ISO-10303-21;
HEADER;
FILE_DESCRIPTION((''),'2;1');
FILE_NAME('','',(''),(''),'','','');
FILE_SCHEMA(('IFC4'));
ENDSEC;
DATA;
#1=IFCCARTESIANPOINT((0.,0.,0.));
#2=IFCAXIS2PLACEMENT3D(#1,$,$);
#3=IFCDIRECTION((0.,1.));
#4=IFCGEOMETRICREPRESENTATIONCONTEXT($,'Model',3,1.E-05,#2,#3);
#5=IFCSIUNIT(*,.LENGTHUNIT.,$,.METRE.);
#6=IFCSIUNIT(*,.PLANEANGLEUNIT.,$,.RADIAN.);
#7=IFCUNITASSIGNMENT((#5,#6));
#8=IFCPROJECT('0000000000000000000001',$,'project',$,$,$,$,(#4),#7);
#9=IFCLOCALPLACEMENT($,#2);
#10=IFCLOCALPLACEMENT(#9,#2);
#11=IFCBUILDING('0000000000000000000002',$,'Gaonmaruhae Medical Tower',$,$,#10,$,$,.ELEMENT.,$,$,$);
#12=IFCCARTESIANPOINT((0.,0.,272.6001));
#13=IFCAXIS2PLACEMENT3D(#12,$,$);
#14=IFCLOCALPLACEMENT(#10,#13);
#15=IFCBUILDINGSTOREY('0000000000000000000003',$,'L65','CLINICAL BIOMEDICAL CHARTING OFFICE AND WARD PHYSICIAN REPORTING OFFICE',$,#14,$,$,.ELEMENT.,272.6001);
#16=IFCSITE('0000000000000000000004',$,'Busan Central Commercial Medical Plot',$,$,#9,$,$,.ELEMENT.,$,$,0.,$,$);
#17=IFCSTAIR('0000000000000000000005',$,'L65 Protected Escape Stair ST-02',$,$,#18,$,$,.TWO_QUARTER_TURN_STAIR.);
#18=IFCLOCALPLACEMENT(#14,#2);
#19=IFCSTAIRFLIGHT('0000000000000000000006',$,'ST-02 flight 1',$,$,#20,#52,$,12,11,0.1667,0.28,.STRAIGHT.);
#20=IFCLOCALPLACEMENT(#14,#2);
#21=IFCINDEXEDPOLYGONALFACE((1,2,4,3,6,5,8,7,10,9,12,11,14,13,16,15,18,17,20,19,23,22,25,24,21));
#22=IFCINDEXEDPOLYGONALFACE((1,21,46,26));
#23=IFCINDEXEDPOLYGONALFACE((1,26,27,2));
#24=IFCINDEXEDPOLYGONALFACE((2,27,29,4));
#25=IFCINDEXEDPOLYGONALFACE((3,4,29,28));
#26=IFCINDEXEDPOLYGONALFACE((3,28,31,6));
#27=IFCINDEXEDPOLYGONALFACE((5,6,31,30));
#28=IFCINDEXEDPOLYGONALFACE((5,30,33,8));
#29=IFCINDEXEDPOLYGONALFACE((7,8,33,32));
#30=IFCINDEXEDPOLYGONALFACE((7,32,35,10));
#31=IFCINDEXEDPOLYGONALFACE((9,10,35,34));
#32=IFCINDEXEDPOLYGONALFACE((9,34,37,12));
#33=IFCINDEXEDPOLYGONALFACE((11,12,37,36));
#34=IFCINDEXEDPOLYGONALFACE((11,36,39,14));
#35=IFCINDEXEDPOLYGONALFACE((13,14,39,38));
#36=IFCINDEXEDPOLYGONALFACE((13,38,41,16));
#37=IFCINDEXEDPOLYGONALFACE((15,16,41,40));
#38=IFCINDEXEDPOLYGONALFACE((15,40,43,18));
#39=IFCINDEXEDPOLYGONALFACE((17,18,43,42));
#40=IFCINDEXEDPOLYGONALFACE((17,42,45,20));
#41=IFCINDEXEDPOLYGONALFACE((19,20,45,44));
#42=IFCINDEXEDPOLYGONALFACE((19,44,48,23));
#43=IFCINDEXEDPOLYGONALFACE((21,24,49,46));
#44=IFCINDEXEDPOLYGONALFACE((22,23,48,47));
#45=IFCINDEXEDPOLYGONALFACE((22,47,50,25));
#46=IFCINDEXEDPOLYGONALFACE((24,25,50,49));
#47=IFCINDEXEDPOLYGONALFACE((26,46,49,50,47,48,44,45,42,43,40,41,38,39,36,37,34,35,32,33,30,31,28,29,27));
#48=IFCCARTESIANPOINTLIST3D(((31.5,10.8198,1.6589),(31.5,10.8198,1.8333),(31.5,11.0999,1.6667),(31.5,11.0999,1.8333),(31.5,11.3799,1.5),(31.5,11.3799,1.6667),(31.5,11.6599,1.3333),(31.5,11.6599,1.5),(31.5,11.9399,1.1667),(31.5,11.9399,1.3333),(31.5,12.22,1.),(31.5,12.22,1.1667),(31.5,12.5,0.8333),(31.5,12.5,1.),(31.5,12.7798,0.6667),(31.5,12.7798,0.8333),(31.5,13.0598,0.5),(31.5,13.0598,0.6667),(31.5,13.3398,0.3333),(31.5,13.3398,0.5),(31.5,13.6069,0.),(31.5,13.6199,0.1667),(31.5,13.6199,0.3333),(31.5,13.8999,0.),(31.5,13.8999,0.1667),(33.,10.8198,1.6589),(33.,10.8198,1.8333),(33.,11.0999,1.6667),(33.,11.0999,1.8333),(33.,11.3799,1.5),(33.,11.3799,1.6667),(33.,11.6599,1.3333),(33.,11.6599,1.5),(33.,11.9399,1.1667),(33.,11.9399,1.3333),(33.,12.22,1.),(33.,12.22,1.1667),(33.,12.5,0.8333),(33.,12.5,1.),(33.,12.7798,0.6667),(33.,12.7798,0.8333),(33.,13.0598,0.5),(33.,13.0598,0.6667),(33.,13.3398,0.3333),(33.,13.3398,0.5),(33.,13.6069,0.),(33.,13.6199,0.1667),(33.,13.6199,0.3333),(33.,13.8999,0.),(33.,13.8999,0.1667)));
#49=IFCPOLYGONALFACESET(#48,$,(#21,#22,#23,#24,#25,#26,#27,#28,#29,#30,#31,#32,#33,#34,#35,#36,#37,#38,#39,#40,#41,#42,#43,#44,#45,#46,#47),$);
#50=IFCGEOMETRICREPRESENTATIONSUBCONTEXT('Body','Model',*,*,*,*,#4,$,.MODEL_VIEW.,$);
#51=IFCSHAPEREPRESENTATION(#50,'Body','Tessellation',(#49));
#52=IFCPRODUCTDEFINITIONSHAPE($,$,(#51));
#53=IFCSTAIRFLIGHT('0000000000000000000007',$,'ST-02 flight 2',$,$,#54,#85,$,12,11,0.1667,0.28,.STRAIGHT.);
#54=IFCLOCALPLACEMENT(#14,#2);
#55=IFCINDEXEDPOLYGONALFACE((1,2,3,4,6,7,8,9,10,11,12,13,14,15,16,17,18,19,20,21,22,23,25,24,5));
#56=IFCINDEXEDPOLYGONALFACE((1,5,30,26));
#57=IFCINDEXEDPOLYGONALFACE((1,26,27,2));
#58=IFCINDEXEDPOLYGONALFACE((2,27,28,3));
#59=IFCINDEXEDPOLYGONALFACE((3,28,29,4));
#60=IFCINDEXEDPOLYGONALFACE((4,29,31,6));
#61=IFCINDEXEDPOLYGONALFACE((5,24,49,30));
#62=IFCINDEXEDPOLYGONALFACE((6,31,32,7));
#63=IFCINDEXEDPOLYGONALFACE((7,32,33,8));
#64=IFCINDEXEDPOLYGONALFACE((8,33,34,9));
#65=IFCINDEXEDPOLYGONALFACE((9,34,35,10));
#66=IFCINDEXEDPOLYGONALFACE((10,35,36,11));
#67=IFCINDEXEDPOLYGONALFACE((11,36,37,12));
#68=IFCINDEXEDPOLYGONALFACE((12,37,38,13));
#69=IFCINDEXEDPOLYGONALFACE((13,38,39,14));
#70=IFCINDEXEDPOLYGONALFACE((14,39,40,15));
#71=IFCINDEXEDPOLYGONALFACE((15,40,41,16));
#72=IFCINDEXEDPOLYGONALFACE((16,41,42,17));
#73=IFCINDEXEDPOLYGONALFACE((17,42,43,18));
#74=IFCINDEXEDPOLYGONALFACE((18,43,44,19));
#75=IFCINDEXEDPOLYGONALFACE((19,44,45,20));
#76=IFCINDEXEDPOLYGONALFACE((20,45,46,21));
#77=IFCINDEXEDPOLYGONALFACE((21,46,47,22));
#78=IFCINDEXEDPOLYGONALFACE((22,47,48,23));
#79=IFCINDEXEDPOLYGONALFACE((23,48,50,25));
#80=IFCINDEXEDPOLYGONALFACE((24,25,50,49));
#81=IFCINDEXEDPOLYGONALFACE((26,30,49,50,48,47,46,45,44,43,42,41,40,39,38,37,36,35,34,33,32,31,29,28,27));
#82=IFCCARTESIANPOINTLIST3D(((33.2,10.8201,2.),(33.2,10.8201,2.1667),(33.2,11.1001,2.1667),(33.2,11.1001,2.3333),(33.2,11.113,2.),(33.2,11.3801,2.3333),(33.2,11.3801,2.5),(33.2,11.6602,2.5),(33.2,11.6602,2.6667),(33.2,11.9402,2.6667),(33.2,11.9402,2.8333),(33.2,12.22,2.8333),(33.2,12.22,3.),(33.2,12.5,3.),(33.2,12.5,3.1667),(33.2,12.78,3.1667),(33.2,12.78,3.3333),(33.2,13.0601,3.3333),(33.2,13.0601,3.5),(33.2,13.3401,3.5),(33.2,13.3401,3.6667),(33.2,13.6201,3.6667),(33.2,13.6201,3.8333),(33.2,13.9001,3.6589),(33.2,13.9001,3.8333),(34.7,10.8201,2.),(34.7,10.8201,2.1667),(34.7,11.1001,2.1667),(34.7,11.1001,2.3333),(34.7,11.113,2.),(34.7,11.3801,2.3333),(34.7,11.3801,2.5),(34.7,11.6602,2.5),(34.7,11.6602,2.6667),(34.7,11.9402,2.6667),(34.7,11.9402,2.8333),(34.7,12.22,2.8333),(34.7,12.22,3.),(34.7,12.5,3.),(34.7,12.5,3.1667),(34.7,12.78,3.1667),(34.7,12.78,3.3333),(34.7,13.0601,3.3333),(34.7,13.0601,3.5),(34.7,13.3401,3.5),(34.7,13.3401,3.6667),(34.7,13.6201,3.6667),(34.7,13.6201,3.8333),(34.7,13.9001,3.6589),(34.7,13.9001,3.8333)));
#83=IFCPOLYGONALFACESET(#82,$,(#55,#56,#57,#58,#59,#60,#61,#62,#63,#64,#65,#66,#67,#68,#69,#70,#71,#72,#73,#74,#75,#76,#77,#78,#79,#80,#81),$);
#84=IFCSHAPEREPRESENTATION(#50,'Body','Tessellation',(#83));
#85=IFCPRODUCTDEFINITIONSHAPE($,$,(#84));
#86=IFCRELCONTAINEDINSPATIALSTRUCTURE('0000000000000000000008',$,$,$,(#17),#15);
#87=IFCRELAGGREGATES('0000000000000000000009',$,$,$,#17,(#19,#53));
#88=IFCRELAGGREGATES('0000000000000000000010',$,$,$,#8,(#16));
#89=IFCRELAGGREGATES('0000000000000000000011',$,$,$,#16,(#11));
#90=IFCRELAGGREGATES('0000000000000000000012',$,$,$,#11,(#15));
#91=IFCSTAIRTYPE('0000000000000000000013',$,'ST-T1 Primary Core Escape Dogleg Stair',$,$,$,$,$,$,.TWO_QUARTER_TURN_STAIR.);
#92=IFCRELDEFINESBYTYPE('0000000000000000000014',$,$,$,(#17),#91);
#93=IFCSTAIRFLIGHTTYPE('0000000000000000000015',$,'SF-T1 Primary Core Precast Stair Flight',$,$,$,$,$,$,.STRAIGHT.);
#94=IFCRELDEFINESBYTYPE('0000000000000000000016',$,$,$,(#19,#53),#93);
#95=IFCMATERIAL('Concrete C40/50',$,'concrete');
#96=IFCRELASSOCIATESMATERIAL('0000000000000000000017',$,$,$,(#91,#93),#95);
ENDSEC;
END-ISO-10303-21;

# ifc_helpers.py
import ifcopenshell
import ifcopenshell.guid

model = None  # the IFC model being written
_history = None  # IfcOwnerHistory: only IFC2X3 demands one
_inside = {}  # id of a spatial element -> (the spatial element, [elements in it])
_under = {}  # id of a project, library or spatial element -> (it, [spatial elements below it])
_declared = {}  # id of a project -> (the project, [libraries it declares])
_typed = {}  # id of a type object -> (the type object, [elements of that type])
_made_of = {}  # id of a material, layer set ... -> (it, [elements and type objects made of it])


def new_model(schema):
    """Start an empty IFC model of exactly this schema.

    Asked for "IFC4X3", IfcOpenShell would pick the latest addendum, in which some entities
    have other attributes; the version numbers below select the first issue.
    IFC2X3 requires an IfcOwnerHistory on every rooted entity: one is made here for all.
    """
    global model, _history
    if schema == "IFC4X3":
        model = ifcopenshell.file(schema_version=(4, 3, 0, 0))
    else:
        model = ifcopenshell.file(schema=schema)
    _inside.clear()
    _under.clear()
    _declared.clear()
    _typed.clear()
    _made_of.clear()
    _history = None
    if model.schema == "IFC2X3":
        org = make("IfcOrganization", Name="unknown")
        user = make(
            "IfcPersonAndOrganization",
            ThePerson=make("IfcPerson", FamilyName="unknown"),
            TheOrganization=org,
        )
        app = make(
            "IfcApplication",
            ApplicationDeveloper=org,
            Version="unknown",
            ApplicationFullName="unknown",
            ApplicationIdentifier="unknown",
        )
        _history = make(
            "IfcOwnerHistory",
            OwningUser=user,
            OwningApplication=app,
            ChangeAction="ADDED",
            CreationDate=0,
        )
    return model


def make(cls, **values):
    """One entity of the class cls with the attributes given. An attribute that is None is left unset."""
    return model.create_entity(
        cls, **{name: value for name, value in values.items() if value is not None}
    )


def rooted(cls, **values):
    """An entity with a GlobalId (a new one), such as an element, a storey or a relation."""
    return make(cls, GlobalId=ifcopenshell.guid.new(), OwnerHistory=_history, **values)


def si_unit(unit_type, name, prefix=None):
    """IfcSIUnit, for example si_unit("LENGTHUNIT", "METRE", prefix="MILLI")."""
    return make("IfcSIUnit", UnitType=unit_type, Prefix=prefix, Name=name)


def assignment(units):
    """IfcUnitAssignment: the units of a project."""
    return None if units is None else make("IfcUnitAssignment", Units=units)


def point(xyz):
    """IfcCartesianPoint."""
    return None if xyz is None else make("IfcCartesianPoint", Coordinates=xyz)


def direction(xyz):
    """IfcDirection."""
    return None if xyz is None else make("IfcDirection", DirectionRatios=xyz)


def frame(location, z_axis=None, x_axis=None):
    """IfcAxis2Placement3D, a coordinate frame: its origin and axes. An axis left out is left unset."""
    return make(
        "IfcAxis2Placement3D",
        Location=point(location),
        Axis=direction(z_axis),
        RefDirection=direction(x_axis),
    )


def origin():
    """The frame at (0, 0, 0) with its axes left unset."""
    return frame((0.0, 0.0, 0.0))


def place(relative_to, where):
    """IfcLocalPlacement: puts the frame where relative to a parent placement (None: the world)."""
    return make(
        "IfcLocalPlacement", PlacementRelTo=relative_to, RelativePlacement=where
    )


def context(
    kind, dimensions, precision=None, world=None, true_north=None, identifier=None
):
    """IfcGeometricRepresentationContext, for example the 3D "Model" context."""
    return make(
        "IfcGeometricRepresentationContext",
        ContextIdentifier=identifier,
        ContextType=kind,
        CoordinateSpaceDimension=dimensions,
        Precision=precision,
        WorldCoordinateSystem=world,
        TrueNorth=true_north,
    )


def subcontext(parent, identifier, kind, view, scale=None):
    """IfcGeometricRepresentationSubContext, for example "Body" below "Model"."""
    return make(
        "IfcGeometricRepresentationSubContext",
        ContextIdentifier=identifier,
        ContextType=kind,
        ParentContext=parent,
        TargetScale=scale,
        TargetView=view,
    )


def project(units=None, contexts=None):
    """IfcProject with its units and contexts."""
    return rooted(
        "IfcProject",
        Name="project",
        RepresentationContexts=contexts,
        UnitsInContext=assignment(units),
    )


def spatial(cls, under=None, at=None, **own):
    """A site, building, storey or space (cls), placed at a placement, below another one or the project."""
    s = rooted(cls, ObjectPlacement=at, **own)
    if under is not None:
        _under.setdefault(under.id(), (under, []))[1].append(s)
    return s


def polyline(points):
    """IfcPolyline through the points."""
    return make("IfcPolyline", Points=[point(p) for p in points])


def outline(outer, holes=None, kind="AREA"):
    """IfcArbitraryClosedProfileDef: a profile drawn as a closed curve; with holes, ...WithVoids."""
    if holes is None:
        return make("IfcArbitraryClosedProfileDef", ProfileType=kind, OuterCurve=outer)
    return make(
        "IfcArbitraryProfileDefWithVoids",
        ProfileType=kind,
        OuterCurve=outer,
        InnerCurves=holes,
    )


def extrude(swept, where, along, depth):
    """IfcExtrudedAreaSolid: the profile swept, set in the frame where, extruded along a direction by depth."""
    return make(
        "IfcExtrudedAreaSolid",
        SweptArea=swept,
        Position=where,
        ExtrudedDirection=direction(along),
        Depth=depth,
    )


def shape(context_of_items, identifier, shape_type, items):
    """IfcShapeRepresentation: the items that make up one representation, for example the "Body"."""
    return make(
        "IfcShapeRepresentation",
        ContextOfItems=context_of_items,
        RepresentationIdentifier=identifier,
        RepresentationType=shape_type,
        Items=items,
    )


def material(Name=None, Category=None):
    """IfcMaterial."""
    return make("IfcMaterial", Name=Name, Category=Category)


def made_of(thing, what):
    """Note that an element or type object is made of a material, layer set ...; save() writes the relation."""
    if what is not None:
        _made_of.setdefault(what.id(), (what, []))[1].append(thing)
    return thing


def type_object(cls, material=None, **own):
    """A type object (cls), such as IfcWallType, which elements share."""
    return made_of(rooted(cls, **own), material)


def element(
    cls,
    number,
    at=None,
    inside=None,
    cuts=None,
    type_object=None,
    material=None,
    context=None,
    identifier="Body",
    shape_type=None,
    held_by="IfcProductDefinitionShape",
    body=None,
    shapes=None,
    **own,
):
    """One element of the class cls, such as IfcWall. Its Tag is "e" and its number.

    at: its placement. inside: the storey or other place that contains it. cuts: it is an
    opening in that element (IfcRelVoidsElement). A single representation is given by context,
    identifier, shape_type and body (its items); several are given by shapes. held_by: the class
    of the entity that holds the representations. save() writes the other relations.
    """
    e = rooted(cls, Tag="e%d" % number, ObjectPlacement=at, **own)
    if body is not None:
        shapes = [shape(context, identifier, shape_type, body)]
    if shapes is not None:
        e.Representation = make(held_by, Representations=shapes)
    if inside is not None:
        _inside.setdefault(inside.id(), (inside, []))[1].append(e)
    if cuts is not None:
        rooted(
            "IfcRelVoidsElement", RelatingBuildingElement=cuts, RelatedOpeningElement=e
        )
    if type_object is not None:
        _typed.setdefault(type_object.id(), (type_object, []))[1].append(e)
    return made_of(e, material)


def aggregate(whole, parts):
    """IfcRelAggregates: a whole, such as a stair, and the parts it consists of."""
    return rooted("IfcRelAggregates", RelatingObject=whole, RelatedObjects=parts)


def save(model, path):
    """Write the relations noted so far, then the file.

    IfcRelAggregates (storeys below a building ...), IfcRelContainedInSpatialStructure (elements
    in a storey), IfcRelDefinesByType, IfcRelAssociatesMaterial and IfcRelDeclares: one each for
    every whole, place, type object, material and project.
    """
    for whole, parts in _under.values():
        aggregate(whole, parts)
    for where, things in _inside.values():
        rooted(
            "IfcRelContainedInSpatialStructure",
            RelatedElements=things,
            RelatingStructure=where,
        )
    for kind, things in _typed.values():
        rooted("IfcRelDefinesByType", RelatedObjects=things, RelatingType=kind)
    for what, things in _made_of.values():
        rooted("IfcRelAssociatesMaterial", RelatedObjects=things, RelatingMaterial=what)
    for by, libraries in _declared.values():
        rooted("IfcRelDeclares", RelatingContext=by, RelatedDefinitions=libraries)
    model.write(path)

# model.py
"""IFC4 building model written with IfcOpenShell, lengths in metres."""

from ifc_helpers import new_model, si_unit, direction, frame, origin, place, context, subcontext, project, spatial, polyline, outline, extrude, material, type_object, element, aggregate, save


model = new_model("IFC4")

# Units and contexts
model_context = context("Model", 3, precision=1e-05, world=origin(), true_north=direction((0.0, 1.0)))
body_context = subcontext(model_context, "Body", "Model", "MODEL_VIEW")
ifc_project = project(units=[si_unit("LENGTHUNIT", "METRE"), si_unit("PLANEANGLEUNIT", "RADIAN")], contexts=[model_context])

# Site, building, storey
site_placement = place(None, origin())
site = spatial("IfcSite", under=ifc_project, at=site_placement, Name="Busan Central Commercial Medical Plot", CompositionType="ELEMENT", RefElevation=0.0)
building_placement = place(site_placement, origin())
building = spatial("IfcBuilding", under=site, at=building_placement, Name="Gaonmaruhae Medical Tower", CompositionType="ELEMENT")
storey_placement = place(building_placement, frame((0.0, 0.0, 272.6001)))
storey = spatial("IfcBuildingStorey", under=building, at=storey_placement, Name="L65", Description="CLINICAL BIOMEDICAL CHARTING OFFICE AND WARD PHYSICIAN REPORTING OFFICE", CompositionType="ELEMENT", Elevation=272.6001)

# Stair, stair flights
ifc_material_1 = material(Name="Concrete C40/50", Category="concrete")
stair_type = type_object("IfcStairType", Name="ST-T1 Primary Core Escape Dogleg Stair", PredefinedType="TWO_QUARTER_TURN_STAIR", material=ifc_material_1)
stair_placement = place(storey_placement, origin())
stair = element("IfcStair", 1, at=stair_placement, inside=storey, type_object=stair_type, Name="L65 Protected Escape Stair ST-02", PredefinedType="TWO_QUARTER_TURN_STAIR")
stair_flight_type = type_object("IfcStairFlightType", Name="SF-T1 Primary Core Precast Stair Flight", PredefinedType="STRAIGHT", material=ifc_material_1)
stair_flight_1_placement = place(storey_placement, frame((32.25, 13.8999, 0.0), z_axis=(0.0, 0.0, 1.0), x_axis=(0.0, -1.0, 0.0)))
stair_flight_1 = element("IfcStairFlight", 2, at=stair_flight_1_placement, type_object=stair_flight_type, Name="ST-02 flight 1", NumberOfRisers=12, NumberOfTreads=11, PredefinedType="STRAIGHT", RiserHeight=0.1667, TreadLength=0.28, context=body_context, shape_type="SweptSolid", body=[
    extrude(outline(polyline([(0.0, 0.0), (0.0, 0.1667), (0.28, 0.1667), (0.28, 0.3333), (0.5601, 0.3333), (0.5601, 0.5), (0.8401, 0.5), (0.8401, 0.6667), (1.1201, 0.6667), (1.1201, 0.8333), (1.3999, 0.8333), (1.3999, 1.0), (1.6799, 1.0), (1.6799, 1.1667), (1.96, 1.1667), (1.96, 1.3333), (2.24, 1.3333), (2.24, 1.5), (2.52, 1.5), (2.52, 1.6667), (2.8, 1.6667), (2.8, 1.8333), (3.0801, 1.8333), (3.0801, 2.0), (3.0801, 1.6589), (0.293, 0.0), (0.0, 0.0)])), frame((0.0, 0.75, 0.0), z_axis=(0.0, -1.0, 0.0), x_axis=(1.0, 0.0, 0.0)), (0.0, 0.0, 1.0), 1.5),
])
stair_flight_2_placement = place(storey_placement, frame((33.95, 10.8201, 2.0), z_axis=(0.0, 0.0, 1.0), x_axis=(0.0, 1.0, 0.0)))
stair_flight_2 = element("IfcStairFlight", 3, at=stair_flight_2_placement, type_object=stair_flight_type, Name="ST-02 flight 2", NumberOfRisers=12, NumberOfTreads=11, PredefinedType="STRAIGHT", RiserHeight=0.1667, TreadLength=0.28, context=body_context, shape_type="SweptSolid", body=[
    extrude(outline(polyline([(0.0, 0.0), (0.0, 0.1667), (0.28, 0.1667), (0.28, 0.3333), (0.5601, 0.3333), (0.5601, 0.5), (0.8401, 0.5), (0.8401, 0.6667), (1.1201, 0.6667), (1.1201, 0.8333), (1.3999, 0.8333), (1.3999, 1.0), (1.6799, 1.0), (1.6799, 1.1667), (1.96, 1.1667), (1.96, 1.3333), (2.24, 1.3333), (2.24, 1.5), (2.52, 1.5), (2.52, 1.6667), (2.8, 1.6667), (2.8, 1.8333), (3.0801, 1.8333), (3.0801, 2.0), (3.0801, 1.6589), (0.293, 0.0), (0.0, 0.0)])), frame((0.0, 0.75, 0.0), z_axis=(0.0, -1.0, 0.0), x_axis=(1.0, 0.0, 0.0)), (0.0, 0.0, 1.0), 1.5),
])
aggregate(stair, [stair_flight_1, stair_flight_2])

save(model, "model.ifc")
